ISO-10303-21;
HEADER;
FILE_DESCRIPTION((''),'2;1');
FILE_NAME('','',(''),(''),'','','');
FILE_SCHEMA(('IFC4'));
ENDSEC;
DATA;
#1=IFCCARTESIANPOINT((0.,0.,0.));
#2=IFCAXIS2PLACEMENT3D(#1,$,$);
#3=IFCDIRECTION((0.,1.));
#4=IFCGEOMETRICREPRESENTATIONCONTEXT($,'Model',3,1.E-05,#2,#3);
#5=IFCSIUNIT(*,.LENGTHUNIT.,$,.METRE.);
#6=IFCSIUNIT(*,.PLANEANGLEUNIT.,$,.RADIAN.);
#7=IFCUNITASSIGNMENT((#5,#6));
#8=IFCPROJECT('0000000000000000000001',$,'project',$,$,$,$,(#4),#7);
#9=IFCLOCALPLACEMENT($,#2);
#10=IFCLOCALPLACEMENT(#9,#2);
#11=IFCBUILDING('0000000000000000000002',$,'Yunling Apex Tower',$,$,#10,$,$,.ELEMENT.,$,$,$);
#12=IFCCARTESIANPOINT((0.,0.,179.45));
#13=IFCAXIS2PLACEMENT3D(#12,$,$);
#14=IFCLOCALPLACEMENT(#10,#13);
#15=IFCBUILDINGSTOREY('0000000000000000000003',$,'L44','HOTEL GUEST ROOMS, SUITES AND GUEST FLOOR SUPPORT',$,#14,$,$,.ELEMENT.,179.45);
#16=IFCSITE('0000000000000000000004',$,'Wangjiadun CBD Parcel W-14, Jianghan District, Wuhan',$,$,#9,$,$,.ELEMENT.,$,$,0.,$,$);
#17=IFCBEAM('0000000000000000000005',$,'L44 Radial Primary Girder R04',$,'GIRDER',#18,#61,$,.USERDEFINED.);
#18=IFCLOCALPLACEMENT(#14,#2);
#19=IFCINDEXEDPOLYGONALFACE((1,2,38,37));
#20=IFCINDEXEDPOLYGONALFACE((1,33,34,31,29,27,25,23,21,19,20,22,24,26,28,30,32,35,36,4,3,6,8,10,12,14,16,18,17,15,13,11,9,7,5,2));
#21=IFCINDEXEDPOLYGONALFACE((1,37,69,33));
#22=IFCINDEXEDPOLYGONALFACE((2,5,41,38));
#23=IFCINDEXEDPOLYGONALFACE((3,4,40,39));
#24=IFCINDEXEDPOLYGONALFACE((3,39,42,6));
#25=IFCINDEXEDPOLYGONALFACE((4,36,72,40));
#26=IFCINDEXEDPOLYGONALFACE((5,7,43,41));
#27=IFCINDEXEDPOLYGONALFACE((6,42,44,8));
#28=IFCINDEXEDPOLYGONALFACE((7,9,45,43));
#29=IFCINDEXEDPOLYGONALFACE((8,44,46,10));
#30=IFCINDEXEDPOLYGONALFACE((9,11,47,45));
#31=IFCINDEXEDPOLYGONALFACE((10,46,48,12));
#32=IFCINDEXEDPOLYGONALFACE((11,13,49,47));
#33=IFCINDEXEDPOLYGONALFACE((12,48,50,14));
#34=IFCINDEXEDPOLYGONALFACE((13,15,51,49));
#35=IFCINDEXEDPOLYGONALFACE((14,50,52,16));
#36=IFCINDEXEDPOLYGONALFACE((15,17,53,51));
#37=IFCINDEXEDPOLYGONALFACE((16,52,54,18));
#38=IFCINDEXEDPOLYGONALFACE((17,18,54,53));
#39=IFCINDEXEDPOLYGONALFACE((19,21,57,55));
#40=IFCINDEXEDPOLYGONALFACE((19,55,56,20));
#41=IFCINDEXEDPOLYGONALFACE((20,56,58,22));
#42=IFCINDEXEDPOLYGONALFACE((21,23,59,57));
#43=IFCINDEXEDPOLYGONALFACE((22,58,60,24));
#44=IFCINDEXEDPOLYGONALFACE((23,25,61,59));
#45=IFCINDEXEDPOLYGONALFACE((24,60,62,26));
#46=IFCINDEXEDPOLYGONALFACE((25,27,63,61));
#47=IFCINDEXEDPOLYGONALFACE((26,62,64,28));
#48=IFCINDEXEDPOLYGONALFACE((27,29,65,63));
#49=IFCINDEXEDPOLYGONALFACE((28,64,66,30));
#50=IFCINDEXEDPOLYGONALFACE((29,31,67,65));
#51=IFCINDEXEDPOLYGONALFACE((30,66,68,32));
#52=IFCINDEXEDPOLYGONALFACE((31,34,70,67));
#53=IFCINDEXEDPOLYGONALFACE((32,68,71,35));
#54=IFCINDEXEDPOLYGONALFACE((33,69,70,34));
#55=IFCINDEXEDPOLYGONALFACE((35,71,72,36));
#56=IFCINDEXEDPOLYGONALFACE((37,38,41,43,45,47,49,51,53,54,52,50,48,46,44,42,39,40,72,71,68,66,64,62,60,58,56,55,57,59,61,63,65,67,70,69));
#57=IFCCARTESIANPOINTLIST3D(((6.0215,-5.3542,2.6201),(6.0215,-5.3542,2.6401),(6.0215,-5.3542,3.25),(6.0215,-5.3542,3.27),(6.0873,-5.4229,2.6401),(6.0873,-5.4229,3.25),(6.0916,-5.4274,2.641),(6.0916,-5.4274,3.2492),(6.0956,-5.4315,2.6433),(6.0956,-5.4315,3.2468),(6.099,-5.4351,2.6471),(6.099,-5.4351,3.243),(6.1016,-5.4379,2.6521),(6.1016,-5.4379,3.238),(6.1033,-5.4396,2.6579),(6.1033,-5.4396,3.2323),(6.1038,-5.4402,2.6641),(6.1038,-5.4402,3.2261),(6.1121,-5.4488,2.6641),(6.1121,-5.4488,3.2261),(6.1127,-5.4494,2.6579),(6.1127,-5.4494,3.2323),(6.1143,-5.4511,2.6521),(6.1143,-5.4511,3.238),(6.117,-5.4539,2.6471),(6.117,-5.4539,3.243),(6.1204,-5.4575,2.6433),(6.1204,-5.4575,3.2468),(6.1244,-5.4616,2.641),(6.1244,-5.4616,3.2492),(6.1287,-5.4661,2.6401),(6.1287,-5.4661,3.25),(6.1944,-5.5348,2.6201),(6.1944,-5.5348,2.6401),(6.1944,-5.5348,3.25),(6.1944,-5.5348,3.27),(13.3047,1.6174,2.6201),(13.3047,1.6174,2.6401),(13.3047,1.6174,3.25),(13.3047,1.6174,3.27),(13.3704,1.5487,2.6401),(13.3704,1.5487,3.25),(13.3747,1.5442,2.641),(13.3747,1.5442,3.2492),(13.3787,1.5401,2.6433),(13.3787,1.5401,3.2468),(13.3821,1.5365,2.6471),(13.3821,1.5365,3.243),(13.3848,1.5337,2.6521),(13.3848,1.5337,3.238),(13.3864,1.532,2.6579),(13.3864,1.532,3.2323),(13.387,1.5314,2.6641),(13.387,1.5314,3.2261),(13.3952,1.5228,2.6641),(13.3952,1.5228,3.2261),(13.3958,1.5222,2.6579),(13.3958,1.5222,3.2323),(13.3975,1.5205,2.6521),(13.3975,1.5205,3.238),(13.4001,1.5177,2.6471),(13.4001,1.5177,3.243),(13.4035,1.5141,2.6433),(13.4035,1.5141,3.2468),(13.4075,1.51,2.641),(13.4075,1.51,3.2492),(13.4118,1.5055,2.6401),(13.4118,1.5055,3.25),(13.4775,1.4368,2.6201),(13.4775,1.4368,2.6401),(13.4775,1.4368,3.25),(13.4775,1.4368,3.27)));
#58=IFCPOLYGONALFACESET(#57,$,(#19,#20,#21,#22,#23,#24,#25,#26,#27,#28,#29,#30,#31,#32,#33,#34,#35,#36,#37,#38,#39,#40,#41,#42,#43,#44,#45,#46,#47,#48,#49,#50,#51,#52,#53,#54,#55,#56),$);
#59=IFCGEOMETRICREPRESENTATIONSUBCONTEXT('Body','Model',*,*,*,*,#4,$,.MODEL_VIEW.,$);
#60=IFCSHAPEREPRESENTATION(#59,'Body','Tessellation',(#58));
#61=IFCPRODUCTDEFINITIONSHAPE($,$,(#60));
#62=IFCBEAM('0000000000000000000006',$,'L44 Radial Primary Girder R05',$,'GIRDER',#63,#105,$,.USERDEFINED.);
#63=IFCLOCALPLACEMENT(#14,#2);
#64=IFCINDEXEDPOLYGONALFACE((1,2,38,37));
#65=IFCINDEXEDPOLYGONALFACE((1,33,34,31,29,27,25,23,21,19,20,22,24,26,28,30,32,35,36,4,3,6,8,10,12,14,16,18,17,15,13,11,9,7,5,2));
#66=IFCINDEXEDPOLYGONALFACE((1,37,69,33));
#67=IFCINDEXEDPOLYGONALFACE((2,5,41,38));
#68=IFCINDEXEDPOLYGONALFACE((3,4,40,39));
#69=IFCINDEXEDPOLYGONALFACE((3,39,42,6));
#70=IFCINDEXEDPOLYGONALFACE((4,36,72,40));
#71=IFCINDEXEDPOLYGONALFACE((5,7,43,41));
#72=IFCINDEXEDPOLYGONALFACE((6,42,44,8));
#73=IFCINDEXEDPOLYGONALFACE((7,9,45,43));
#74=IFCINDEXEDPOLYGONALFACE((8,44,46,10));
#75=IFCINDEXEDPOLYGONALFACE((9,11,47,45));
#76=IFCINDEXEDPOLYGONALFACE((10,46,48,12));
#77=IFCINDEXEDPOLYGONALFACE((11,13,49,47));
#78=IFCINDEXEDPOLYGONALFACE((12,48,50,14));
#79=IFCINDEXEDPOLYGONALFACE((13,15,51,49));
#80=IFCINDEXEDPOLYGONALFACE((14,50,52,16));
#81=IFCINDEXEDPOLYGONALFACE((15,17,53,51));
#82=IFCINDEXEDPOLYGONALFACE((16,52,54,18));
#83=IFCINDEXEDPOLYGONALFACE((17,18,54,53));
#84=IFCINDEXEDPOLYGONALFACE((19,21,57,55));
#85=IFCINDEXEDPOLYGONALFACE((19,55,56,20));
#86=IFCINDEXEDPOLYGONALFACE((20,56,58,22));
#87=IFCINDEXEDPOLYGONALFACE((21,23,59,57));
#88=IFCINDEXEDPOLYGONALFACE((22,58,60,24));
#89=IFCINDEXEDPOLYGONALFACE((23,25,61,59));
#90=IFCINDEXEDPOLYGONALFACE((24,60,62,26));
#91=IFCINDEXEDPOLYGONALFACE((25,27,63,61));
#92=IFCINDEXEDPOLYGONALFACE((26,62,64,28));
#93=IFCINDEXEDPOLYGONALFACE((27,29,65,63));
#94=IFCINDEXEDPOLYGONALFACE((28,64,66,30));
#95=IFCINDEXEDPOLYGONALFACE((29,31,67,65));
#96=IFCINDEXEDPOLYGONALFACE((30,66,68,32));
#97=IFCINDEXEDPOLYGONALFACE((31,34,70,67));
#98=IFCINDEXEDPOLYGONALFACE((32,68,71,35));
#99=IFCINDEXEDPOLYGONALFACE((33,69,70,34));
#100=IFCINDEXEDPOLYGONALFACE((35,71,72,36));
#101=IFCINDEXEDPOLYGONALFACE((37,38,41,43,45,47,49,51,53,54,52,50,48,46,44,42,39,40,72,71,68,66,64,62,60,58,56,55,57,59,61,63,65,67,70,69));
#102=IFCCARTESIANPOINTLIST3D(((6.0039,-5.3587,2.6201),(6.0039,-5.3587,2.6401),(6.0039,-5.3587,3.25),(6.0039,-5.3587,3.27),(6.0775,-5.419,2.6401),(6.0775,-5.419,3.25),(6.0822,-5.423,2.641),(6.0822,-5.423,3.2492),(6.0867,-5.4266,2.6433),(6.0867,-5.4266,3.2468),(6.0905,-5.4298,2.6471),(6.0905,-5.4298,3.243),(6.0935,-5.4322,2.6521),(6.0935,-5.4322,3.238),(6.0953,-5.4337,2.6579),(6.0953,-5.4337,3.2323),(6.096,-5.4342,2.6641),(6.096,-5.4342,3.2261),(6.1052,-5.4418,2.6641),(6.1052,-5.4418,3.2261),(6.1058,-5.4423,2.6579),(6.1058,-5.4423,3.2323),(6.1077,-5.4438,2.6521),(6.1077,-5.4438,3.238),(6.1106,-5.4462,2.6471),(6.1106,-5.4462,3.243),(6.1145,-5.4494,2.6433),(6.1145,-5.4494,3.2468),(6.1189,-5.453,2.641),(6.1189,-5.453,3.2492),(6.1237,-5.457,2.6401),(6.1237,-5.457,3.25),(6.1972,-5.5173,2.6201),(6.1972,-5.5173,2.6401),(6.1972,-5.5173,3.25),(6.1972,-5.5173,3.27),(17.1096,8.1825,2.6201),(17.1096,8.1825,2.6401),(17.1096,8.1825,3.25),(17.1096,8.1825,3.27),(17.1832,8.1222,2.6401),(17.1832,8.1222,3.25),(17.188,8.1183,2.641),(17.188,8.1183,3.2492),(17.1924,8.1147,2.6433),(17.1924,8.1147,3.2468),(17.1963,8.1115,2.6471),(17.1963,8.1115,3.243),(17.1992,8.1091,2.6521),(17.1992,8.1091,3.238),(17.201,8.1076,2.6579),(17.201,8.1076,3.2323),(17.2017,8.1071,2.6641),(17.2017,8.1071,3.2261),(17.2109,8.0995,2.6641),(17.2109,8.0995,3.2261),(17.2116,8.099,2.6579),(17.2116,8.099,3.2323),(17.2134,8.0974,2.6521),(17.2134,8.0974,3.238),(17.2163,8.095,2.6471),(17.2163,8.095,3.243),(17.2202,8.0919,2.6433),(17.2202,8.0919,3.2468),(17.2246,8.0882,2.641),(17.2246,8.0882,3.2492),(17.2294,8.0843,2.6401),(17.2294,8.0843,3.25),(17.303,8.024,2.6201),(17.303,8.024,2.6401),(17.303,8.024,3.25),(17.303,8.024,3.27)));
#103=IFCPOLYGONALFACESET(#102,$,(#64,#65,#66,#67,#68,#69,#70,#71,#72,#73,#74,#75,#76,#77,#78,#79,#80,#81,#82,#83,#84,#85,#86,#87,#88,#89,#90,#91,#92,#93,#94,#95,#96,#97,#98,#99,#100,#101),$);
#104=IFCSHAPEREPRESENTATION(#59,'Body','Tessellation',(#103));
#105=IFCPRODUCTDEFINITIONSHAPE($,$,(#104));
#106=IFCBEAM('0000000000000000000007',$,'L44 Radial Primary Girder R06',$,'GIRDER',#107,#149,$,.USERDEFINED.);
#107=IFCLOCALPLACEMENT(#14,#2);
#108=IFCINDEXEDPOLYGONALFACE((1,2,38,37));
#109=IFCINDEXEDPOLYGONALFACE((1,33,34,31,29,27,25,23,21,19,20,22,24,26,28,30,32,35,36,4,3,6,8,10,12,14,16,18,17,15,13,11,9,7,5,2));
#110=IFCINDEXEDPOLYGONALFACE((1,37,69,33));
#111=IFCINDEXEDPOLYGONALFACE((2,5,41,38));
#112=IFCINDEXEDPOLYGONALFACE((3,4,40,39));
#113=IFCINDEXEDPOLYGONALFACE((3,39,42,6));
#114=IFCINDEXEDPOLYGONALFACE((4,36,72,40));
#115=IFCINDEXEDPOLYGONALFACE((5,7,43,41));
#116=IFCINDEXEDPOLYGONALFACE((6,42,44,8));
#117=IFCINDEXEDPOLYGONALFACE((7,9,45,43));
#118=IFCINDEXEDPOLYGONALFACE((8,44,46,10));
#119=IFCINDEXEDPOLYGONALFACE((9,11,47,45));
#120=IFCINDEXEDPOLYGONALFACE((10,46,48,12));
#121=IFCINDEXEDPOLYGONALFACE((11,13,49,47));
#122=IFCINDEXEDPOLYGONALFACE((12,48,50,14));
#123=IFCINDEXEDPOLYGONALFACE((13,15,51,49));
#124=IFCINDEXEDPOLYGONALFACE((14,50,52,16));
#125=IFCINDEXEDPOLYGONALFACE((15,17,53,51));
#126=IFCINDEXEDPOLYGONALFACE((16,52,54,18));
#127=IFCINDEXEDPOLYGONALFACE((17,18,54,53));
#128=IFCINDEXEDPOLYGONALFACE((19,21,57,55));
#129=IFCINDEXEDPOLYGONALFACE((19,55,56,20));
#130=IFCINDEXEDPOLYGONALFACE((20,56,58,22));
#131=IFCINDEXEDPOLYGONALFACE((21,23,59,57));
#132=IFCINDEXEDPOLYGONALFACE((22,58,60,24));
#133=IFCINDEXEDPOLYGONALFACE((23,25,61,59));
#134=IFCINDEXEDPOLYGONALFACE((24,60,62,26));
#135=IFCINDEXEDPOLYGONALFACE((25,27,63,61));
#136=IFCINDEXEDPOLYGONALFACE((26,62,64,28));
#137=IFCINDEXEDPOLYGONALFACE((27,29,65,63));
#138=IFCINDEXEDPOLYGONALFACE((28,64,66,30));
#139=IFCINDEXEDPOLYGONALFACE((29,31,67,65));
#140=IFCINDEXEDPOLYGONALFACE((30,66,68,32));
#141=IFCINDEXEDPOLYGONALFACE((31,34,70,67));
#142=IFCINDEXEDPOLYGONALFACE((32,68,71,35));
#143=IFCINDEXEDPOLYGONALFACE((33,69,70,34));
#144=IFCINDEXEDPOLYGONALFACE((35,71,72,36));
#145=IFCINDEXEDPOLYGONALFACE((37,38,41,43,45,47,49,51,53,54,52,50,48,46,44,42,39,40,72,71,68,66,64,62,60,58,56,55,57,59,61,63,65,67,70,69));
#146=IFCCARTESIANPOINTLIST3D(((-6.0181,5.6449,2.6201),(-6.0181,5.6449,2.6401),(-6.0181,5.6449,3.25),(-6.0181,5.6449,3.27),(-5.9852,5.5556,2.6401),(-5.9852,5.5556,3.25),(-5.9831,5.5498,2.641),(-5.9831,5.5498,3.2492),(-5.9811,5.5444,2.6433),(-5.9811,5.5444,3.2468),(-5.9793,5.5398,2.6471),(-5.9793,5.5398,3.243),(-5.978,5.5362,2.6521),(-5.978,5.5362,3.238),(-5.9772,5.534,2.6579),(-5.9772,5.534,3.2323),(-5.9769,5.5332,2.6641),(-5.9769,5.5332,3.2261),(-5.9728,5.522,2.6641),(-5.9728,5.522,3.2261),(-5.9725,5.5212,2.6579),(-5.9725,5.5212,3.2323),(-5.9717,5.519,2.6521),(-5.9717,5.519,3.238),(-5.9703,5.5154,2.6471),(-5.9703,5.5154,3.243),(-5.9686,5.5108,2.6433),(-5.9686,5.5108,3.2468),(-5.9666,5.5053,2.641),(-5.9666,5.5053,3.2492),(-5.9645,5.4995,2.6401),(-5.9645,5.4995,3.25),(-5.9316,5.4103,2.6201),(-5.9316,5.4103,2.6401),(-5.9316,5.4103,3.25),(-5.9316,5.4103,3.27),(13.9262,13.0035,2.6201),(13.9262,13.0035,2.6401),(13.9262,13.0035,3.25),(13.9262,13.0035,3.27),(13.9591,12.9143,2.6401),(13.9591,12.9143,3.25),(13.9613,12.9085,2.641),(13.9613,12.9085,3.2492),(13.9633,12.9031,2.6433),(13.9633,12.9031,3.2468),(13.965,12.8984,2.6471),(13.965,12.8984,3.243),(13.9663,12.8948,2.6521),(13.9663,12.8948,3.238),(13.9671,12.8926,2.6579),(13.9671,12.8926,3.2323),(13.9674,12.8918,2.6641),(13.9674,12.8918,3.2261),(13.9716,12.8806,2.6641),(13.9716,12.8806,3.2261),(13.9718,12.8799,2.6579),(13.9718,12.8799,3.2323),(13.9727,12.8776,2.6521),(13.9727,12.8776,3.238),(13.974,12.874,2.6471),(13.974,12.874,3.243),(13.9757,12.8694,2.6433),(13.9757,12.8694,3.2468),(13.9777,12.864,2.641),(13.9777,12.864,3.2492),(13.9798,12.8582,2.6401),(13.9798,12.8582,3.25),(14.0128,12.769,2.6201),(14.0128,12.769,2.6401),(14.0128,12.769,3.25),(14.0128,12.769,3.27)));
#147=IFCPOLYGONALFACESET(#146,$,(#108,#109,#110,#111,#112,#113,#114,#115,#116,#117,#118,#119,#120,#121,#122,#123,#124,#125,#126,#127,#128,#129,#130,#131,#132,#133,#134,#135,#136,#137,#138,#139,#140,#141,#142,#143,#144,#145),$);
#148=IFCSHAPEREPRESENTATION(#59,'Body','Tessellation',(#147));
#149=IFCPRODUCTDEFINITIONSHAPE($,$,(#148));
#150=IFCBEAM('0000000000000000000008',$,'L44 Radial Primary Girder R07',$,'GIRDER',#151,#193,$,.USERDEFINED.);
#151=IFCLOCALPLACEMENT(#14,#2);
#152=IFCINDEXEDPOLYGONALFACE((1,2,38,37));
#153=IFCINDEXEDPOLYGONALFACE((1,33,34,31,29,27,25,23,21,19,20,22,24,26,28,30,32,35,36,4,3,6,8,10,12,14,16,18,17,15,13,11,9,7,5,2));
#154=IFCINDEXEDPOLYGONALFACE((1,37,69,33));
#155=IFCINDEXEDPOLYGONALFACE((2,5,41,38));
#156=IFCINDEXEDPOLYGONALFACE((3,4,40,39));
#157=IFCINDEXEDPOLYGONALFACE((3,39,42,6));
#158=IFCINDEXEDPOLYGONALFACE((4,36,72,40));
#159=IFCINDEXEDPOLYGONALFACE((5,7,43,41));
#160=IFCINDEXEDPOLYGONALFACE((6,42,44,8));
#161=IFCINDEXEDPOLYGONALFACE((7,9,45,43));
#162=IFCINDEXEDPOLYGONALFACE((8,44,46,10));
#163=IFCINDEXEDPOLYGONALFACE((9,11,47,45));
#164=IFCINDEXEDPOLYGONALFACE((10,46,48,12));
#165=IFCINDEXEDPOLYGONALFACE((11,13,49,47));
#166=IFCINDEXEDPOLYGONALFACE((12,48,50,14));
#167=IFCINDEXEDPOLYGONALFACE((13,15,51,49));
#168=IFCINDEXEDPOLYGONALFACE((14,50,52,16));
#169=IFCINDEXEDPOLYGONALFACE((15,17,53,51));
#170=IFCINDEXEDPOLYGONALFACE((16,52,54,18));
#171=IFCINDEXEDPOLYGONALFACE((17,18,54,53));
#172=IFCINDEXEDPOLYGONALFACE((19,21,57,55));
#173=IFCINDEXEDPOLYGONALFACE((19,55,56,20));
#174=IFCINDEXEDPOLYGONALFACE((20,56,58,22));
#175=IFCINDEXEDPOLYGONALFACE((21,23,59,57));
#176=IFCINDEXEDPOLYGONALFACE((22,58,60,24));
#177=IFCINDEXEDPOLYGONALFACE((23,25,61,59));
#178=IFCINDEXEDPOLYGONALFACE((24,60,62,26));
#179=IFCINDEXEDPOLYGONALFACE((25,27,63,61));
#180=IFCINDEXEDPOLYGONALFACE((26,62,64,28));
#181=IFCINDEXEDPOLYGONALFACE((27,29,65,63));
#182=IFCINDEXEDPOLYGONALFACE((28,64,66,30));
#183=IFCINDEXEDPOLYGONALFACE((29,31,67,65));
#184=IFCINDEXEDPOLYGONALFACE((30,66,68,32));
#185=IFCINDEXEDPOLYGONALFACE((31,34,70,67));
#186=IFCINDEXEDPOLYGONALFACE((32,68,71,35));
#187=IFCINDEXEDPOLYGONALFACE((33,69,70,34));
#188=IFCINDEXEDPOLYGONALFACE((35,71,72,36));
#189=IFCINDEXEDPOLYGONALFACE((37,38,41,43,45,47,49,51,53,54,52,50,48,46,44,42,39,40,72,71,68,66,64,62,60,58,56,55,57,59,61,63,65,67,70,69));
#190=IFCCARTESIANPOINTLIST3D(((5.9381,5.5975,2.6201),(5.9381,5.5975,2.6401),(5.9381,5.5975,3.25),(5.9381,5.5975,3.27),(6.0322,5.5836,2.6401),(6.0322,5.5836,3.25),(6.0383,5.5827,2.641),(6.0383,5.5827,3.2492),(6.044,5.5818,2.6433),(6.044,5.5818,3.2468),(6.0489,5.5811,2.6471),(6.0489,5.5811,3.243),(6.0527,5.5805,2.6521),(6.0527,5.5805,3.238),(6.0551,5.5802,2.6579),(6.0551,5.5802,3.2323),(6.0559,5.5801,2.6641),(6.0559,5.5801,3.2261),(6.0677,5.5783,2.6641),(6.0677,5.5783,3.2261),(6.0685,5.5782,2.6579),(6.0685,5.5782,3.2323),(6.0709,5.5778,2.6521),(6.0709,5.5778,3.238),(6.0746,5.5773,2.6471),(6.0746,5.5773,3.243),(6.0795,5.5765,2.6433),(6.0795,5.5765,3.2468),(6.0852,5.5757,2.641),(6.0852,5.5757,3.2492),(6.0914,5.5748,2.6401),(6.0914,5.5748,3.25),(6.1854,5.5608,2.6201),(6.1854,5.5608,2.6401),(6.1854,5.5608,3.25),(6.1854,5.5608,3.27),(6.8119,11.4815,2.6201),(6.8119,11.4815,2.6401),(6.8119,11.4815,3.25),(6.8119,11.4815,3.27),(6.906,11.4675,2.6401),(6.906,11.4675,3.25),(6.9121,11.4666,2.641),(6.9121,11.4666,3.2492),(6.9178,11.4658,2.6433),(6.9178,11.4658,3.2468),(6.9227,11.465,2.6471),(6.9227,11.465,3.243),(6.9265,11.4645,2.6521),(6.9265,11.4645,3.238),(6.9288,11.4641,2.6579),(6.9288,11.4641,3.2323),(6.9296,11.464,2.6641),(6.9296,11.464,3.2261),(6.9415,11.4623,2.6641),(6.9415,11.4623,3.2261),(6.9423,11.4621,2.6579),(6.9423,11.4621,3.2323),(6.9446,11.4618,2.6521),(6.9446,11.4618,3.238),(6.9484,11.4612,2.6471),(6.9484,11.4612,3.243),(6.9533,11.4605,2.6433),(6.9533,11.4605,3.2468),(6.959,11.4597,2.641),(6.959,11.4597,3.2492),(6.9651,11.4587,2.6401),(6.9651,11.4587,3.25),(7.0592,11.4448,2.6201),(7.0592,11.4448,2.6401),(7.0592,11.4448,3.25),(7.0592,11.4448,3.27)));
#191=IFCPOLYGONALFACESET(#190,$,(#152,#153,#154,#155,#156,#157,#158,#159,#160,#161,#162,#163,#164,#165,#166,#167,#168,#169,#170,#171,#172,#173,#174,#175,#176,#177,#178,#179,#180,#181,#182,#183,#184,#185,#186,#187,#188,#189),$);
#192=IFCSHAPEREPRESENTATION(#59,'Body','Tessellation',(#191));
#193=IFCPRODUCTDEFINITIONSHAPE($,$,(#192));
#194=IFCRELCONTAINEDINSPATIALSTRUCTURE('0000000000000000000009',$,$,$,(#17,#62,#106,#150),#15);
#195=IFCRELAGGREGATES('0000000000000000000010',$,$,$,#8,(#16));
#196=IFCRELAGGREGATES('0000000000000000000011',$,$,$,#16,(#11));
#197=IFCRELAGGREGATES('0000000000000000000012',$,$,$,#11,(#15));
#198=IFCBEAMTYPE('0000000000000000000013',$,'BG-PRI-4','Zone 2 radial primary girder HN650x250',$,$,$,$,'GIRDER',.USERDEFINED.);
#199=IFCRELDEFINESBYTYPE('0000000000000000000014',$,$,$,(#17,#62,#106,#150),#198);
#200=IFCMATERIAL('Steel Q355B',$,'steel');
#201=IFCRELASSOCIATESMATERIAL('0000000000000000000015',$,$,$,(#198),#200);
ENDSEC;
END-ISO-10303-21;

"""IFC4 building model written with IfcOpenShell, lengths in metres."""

from ifc_helpers import new_model, si_unit, direction, frame, origin, origin_2d, place, context, subcontext, project, spatial, i_section, extrude, source, transform, mapped, material, material_profile, profile_set, type_object, element, save


model = new_model("IFC4")

# Units and contexts
model_context = context("Model", 3, precision=1e-05, world=origin(), true_north=direction((0.0, 1.0)))
body_context = subcontext(model_context, "Body", "Model", "MODEL_VIEW")
ifc_project = project(units=[si_unit("LENGTHUNIT", "METRE"), si_unit("PLANEANGLEUNIT", "RADIAN")], contexts=[model_context])

# Site, building, storey
site_placement = place(None, origin())
site = spatial("IfcSite", under=ifc_project, at=site_placement, Name="Wangjiadun CBD Parcel W-14, Jianghan District, Wuhan", CompositionType="ELEMENT", RefElevation=0.0)
building_placement = place(site_placement, origin())
building = spatial("IfcBuilding", under=site, at=building_placement, Name="Yunling Apex Tower", CompositionType="ELEMENT")
storey_placement = place(building_placement, frame((0.0, 0.0, 179.45)))
storey = spatial("IfcBuildingStorey", under=building, at=storey_placement, Name="L44", Description="HOTEL GUEST ROOMS, SUITES AND GUEST FLOOR SUPPORT", CompositionType="ELEMENT", Elevation=179.45)

# Beams
ifc_material_1 = material(Name="Steel Q355B", Category="steel")
ifc_material_profile_1 = material_profile(ifc_material_1, i_section(OverallWidth=0.25, OverallDepth=0.6499, WebThickness=0.012, FlangeThickness=0.02, FilletRadius=0.0239, at=origin_2d()))
ifc_profile_set_1 = profile_set([ifc_material_profile_1], Name="Steel Q355B")
beam_type_1 = type_object("IfcBeamType", Name="BG-PRI-4", Description="Zone 2 radial primary girder HN650x250", ElementType="GIRDER", PredefinedType="USERDEFINED", material=ifc_profile_set_1)
shared_shape_1 = source(origin(), body_context, "Body", "SweptSolid", [
    extrude(i_section(OverallWidth=0.25, OverallDepth=0.6499, WebThickness=0.012, FlangeThickness=0.02, FilletRadius=0.0239, at=origin_2d()), origin(), (0.0, 0.0, 1.0), 10.082),
])
beam_1_placement = place(storey_placement, frame((13.3911, 1.5271, 2.9451), z_axis=(-0.722387, -0.691489, 0.0), x_axis=(0.691489, -0.722387, 0.0)))
element("IfcBeam", 1, at=beam_1_placement, inside=storey, type_object=beam_type_1, Name="L44 Radial Primary Girder R04", ObjectType="GIRDER", PredefinedType="USERDEFINED", context=body_context, shape_type="MappedRepresentation", body=[
    mapped(shared_shape_1, transform((0.0, 0.0, 0.0), scale=1.0)),
])
shared_shape_2 = source(origin(), body_context, "Body", "SweptSolid", [
    extrude(i_section(OverallWidth=0.25, OverallDepth=0.6499, WebThickness=0.012, FlangeThickness=0.02, FilletRadius=0.0239, at=origin_2d()), origin(), (0.0, 0.0, 1.0), 17.5129),
])
beam_2_placement = place(storey_placement, frame((17.2063, 8.1033, 2.9451), z_axis=(-0.634144, -0.773215, 0.0), x_axis=(0.773215, -0.634144, 0.0)))
element("IfcBeam", 2, at=beam_2_placement, inside=storey, type_object=beam_type_1, Name="L44 Radial Primary Girder R05", ObjectType="GIRDER", PredefinedType="USERDEFINED", context=body_context, shape_type="MappedRepresentation", body=[
    mapped(shared_shape_2, transform((0.0, 0.0, 0.0), scale=1.0)),
])
shared_shape_3 = source(origin(), body_context, "Body", "SweptSolid", [
    extrude(i_section(OverallWidth=0.25, OverallDepth=0.6499, WebThickness=0.012, FlangeThickness=0.02, FilletRadius=0.0239, at=origin_2d()), origin(), (0.0, 0.0, 1.0), 21.2585),
])
beam_3_placement = place(storey_placement, frame((13.9695, 12.8862, 2.9451), z_axis=(-0.938179, -0.34615, 0.0), x_axis=(0.34615, -0.938179, 0.0)))
element("IfcBeam", 3, at=beam_3_placement, inside=storey, type_object=beam_type_1, Name="L44 Radial Primary Girder R06", ObjectType="GIRDER", PredefinedType="USERDEFINED", context=body_context, shape_type="MappedRepresentation", body=[
    mapped(shared_shape_3, transform((0.0, 0.0, 0.0), scale=1.0)),
])
shared_shape_4 = source(origin(), body_context, "Body", "SweptSolid", [
    extrude(i_section(OverallWidth=0.25, OverallDepth=0.6499, WebThickness=0.012, FlangeThickness=0.02, FilletRadius=0.0239, at=origin_2d()), origin(), (0.0, 0.0, 1.0), 5.9485),
])
beam_4_placement = place(storey_placement, frame((6.9355, 11.4631, 2.9451), z_axis=(-0.146889, -0.989153, 0.0), x_axis=(0.989153, -0.146889, 0.0)))
element("IfcBeam", 4, at=beam_4_placement, inside=storey, type_object=beam_type_1, Name="L44 Radial Primary Girder R07", ObjectType="GIRDER", PredefinedType="USERDEFINED", context=body_context, shape_type="MappedRepresentation", body=[
    mapped(shared_shape_4, transform((0.0, 0.0, 0.0), scale=1.0)),
])

save(model, "model.ifc")
